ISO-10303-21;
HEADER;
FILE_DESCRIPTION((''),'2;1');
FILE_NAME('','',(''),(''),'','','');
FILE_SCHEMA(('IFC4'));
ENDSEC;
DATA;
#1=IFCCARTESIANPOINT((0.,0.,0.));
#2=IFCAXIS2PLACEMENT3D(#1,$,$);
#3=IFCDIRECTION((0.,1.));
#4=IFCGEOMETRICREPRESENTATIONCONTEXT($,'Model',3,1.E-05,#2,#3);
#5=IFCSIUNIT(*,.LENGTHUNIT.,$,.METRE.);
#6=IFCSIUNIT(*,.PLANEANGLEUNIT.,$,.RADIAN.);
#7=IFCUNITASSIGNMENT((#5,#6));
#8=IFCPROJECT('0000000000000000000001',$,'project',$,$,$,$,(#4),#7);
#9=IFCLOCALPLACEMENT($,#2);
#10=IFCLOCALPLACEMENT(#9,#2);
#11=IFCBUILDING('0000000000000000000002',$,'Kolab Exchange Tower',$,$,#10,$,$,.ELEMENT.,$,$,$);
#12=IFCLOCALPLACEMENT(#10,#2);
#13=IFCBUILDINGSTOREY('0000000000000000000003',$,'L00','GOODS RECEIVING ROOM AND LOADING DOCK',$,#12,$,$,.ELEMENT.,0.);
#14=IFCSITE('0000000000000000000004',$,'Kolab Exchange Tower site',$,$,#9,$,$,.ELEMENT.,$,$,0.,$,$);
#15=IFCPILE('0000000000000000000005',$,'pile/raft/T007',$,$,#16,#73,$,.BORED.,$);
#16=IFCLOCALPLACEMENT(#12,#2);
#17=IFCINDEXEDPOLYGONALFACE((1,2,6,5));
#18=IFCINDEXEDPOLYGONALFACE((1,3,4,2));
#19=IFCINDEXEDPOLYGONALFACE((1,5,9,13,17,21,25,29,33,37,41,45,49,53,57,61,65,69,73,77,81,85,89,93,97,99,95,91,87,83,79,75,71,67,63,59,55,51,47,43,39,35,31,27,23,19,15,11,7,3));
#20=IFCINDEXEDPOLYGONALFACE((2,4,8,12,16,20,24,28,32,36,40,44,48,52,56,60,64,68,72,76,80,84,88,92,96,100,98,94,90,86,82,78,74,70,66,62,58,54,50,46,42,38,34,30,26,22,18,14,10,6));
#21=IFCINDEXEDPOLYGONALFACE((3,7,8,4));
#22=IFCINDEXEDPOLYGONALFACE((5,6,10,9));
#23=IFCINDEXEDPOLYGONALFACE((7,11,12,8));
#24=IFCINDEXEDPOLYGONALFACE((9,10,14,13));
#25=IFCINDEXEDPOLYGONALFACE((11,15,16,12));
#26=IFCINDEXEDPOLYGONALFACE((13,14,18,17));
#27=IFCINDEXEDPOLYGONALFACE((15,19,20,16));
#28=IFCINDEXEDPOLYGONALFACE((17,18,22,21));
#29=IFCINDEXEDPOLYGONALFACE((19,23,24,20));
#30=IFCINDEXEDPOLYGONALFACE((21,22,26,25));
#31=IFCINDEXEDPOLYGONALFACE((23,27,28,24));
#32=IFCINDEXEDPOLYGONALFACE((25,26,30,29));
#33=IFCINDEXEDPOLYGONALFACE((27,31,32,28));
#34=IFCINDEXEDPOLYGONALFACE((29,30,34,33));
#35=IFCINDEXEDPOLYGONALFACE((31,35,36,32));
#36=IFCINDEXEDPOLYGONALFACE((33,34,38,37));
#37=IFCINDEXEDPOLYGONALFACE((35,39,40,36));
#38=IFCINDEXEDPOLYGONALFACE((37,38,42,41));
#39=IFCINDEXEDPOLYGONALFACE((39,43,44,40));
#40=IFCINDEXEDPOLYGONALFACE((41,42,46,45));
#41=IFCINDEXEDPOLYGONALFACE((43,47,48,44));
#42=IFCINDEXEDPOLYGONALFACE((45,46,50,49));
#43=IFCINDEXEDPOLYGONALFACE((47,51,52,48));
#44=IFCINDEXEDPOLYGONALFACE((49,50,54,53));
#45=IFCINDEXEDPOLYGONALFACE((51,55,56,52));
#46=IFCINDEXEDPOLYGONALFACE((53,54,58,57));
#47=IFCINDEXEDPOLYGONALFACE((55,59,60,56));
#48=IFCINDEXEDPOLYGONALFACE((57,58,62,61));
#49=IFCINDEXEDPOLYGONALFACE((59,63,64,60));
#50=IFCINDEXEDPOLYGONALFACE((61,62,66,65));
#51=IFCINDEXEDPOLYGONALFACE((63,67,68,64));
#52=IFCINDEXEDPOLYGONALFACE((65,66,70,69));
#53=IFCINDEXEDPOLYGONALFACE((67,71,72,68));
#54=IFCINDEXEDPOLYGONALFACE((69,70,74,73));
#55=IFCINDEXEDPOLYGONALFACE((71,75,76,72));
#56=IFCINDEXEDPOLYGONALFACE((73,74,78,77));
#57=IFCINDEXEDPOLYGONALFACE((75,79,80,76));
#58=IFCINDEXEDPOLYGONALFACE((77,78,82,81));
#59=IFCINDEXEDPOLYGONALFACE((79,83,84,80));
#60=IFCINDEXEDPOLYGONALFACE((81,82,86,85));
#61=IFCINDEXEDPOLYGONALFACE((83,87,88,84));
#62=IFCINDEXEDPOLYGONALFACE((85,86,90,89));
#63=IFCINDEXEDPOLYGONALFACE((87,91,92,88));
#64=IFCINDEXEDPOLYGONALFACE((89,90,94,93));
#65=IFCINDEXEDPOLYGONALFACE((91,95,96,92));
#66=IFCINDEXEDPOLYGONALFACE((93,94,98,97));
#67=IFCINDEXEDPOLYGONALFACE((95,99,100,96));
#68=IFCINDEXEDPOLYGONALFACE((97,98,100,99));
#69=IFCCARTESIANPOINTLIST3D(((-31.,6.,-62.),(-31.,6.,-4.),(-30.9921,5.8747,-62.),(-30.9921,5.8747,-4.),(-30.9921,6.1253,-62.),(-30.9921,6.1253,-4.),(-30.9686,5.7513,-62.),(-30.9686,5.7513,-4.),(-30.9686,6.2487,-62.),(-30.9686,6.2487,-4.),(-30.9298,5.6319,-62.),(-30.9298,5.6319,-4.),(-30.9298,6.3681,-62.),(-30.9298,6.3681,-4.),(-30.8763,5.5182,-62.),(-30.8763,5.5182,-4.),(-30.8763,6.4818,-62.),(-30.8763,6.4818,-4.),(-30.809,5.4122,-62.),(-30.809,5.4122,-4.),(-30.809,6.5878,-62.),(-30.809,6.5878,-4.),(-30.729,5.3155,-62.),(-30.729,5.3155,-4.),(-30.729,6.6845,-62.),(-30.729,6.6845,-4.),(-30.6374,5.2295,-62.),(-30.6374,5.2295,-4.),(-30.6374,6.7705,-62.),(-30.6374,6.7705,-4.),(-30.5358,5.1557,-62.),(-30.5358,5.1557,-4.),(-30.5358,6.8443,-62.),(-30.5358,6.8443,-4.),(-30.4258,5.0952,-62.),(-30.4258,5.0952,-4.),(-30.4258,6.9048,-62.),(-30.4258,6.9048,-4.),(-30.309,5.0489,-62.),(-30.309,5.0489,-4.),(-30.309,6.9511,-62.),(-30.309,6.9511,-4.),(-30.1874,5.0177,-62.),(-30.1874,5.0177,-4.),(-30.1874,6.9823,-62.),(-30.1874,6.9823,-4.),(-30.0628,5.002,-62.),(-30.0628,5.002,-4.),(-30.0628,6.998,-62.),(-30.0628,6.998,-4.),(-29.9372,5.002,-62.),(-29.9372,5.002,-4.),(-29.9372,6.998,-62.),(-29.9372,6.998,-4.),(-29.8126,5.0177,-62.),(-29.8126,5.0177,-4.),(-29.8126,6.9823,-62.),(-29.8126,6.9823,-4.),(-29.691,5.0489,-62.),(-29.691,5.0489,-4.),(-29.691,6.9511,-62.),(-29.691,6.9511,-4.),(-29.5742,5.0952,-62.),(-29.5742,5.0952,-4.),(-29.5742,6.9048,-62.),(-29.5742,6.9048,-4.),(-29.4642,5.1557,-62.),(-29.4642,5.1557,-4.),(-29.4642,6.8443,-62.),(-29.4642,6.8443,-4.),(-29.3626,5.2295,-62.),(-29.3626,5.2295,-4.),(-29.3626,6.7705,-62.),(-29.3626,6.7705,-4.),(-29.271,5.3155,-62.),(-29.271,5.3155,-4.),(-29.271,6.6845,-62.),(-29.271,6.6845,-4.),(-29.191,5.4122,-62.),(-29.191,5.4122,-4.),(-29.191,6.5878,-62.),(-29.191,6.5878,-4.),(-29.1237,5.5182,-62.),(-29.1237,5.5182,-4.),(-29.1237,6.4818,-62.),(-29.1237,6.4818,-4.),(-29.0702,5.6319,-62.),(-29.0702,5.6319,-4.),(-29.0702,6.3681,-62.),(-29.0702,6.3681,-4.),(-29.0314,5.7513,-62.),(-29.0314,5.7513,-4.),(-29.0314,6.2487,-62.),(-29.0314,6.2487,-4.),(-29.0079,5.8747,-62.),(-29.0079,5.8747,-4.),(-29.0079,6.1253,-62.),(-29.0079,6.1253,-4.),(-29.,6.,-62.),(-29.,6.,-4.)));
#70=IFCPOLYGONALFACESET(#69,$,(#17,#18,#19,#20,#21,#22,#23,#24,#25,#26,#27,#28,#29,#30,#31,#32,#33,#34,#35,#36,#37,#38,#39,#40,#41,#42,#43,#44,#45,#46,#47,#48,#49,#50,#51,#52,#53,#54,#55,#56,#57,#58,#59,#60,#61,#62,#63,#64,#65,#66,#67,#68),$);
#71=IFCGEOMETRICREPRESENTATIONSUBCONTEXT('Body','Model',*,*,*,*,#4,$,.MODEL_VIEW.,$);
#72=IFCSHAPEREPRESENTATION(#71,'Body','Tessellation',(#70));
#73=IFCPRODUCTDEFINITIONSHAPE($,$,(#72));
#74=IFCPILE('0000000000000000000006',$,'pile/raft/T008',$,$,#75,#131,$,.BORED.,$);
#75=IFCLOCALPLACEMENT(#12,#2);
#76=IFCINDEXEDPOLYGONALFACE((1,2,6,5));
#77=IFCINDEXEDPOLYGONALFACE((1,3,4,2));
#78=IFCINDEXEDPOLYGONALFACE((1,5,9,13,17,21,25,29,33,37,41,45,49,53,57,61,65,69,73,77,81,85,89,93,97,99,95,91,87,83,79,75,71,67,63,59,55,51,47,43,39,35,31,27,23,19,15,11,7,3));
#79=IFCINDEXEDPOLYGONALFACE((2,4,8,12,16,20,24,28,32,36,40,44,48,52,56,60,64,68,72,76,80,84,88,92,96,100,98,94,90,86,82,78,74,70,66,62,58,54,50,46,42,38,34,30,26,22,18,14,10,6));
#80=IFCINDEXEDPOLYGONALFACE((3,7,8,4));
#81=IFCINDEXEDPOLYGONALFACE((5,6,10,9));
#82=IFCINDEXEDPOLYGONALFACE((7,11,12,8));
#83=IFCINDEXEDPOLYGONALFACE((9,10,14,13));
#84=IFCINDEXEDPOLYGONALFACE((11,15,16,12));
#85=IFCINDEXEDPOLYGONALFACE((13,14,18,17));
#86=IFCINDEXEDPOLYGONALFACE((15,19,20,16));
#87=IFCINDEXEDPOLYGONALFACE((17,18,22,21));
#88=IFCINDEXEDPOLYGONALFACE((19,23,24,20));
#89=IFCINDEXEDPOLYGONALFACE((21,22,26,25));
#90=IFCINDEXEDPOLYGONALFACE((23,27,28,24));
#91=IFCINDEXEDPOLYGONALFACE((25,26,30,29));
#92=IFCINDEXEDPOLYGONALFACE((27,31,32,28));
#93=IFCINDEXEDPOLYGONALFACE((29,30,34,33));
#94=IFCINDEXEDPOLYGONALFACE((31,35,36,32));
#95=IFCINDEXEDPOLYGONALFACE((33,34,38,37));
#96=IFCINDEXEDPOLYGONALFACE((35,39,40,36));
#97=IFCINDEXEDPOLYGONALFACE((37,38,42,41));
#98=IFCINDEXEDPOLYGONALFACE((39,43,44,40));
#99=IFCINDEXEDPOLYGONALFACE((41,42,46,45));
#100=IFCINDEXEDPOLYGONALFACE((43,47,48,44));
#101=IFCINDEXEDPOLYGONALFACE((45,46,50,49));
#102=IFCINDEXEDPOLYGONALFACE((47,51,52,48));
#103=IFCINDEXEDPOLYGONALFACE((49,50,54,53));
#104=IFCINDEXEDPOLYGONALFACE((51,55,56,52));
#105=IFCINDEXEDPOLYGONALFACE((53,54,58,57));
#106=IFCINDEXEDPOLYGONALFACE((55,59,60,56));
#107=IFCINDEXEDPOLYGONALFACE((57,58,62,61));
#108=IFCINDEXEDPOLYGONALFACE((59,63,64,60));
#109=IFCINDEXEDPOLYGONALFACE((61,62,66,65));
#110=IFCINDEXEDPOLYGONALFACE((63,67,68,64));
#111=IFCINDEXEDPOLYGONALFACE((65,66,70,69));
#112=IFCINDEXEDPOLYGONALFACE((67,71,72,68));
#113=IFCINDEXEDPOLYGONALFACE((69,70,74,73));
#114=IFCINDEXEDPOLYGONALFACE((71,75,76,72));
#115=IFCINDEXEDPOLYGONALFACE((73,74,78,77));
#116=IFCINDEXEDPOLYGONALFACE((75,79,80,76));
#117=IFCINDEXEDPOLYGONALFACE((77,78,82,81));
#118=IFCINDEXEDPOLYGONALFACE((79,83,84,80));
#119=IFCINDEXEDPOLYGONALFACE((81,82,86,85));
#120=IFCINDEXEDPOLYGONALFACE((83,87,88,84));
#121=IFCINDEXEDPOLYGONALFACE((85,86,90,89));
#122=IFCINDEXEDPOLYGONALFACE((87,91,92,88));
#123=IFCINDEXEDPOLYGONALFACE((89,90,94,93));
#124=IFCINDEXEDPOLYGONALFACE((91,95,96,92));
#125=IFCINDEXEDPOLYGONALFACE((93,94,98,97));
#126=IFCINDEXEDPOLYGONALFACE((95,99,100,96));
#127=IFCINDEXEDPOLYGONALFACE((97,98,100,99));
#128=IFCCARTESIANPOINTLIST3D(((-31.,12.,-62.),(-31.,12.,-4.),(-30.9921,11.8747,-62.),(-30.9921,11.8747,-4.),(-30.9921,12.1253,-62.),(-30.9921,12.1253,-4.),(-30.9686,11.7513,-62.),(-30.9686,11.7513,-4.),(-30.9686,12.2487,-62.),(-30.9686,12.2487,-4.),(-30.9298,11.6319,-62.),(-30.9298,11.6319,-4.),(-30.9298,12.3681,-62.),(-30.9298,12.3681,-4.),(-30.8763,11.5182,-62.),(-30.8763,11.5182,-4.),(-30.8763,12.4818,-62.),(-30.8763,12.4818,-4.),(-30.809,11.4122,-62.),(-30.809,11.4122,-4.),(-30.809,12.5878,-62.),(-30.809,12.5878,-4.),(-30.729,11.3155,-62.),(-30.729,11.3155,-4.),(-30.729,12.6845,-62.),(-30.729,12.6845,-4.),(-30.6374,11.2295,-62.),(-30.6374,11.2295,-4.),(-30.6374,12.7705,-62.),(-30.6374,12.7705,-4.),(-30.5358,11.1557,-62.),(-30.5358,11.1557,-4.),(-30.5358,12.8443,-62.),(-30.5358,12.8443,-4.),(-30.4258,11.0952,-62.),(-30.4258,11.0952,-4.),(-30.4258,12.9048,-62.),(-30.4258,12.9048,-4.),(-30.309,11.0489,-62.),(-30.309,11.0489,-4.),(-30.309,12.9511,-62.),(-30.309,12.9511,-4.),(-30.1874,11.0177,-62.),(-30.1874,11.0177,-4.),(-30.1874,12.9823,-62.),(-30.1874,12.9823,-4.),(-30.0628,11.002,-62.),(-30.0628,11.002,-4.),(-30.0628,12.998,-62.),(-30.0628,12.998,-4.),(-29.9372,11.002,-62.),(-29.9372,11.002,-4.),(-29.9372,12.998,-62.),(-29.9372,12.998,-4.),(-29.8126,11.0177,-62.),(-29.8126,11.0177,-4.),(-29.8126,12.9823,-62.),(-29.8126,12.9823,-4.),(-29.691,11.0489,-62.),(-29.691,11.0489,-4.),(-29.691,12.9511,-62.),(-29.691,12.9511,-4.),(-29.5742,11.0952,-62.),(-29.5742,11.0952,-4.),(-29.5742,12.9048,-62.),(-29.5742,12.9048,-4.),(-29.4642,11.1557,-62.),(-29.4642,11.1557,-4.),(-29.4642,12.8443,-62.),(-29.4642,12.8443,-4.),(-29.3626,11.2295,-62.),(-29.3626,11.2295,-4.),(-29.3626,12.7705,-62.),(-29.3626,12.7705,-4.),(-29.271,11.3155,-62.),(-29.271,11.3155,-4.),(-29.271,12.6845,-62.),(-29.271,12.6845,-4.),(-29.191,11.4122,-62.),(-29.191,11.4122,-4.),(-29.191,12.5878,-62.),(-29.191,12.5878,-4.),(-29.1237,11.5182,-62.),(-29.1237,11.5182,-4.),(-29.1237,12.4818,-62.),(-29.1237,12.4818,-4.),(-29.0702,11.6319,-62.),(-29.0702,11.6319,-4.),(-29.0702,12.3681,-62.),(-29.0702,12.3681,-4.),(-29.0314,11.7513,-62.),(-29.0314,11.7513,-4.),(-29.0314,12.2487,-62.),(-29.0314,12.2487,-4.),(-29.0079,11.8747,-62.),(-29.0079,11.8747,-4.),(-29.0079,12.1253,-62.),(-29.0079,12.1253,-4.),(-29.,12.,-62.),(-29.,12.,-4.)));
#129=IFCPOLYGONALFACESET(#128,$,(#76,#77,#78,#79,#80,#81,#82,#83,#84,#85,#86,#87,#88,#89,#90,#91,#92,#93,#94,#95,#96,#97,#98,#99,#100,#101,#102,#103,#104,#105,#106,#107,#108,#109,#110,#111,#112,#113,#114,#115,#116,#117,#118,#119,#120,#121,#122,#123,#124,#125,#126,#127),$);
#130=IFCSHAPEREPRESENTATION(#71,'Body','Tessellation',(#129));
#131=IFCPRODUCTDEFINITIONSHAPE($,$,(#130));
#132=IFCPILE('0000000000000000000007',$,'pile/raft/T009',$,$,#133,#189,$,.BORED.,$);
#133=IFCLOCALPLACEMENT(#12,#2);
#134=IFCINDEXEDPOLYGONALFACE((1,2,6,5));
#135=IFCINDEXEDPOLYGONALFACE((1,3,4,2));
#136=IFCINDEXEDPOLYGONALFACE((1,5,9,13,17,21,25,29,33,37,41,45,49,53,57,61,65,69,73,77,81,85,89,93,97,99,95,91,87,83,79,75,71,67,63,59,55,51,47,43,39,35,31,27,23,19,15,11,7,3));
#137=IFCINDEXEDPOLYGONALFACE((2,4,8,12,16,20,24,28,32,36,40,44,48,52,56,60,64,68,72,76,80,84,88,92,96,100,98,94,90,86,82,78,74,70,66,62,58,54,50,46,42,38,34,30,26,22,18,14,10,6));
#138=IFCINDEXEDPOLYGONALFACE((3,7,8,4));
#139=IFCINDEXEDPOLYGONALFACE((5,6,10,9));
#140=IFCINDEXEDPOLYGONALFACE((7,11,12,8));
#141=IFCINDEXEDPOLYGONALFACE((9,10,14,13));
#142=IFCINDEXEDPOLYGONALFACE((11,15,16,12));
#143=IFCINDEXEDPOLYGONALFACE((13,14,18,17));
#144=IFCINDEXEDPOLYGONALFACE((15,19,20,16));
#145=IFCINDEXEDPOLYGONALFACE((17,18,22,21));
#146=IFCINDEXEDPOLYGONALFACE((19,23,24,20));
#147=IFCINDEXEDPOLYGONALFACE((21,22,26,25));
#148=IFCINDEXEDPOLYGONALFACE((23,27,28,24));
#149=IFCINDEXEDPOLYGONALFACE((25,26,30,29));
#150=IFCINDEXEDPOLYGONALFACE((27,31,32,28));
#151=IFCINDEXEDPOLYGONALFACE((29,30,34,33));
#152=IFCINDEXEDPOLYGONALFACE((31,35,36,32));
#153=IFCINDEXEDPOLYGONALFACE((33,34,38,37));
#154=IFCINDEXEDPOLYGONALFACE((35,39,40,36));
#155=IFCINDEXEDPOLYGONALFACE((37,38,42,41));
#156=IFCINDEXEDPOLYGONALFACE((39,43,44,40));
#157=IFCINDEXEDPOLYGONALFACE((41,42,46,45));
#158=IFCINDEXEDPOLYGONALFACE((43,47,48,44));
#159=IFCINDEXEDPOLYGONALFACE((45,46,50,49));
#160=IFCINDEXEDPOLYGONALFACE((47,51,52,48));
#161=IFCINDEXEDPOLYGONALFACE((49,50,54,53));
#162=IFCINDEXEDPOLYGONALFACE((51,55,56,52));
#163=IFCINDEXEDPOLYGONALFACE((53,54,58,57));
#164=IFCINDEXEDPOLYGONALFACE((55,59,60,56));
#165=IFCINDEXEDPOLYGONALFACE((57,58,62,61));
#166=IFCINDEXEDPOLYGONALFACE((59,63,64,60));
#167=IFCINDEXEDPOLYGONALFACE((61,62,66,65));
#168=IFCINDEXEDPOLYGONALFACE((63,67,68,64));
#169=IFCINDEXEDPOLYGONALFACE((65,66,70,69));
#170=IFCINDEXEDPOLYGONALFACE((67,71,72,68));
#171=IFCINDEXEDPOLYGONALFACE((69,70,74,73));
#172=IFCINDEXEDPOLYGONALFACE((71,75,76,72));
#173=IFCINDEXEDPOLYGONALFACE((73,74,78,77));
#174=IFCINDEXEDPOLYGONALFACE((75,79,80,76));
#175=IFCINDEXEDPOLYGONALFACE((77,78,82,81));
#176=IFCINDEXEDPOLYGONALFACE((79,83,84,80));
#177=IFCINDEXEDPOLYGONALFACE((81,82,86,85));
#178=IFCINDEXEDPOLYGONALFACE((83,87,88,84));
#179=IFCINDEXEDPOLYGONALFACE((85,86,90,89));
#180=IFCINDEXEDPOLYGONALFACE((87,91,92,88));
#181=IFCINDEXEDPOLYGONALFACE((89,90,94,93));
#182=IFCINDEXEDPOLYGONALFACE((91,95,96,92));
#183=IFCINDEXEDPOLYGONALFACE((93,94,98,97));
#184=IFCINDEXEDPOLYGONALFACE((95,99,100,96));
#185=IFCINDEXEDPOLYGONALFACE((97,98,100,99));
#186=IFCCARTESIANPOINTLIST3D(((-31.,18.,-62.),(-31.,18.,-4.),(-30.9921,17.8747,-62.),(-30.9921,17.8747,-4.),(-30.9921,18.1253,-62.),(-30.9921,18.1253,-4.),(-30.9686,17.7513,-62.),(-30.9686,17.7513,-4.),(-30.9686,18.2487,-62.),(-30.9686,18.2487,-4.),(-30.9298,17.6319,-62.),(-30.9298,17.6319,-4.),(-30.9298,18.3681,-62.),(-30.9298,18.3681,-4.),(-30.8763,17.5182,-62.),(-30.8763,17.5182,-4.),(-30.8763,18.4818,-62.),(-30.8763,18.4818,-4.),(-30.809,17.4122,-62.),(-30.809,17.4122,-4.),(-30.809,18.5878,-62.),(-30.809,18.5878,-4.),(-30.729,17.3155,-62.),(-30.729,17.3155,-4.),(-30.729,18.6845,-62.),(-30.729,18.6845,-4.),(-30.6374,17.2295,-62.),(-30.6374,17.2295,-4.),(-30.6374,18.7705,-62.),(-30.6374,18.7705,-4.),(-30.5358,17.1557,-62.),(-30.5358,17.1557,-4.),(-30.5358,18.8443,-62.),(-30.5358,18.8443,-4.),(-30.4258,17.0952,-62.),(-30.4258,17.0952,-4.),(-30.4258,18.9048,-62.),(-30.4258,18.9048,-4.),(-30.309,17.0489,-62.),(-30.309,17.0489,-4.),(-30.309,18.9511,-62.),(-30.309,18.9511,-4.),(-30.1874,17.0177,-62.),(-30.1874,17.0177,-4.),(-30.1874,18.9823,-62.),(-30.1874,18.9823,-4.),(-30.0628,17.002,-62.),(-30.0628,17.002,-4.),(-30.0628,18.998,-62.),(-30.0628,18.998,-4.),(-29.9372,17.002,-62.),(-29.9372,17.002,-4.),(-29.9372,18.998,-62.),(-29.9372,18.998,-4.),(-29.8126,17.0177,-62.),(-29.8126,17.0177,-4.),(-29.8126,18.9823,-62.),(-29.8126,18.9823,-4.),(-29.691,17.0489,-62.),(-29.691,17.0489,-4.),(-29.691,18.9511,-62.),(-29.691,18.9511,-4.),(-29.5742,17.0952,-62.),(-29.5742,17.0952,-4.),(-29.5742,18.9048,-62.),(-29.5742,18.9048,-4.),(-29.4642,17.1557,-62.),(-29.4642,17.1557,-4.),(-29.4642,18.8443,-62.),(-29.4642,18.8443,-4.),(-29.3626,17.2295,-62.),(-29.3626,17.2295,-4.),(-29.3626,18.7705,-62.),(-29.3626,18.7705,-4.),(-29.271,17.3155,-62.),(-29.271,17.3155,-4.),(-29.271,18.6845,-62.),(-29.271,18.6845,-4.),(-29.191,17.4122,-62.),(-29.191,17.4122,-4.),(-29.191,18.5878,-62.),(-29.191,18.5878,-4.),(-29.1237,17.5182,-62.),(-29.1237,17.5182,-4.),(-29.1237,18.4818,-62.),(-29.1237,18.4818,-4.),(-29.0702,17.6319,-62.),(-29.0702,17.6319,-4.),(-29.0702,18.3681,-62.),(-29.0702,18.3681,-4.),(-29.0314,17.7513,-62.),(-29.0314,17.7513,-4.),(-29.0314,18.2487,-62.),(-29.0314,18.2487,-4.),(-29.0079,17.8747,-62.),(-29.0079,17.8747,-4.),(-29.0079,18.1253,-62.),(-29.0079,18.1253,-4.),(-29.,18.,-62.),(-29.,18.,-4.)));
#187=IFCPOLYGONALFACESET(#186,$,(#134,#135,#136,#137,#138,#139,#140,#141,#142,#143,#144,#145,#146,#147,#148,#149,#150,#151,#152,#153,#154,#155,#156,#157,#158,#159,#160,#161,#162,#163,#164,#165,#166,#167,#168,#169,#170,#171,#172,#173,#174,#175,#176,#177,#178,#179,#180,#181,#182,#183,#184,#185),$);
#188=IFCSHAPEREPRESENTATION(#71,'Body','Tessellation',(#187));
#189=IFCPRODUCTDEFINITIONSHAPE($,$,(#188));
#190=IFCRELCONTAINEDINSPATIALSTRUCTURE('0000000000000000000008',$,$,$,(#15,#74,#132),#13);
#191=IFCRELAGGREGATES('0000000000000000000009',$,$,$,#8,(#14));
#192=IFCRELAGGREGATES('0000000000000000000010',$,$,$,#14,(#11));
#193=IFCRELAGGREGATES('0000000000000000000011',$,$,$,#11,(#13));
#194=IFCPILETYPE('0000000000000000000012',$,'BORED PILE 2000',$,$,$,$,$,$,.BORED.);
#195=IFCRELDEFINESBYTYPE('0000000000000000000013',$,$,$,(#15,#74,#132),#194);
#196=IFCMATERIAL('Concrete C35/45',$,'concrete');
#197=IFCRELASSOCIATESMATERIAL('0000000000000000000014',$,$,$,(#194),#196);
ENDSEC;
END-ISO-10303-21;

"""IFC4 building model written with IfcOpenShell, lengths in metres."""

from ifc_helpers import new_model, si_unit, direction, frame, origin, origin_2d, place, context, subcontext, project, spatial, circle, extrude, material, material_profile, profile_set, type_object, element, save


model = new_model("IFC4")

# Units and contexts
model_context = context("Model", 3, precision=1e-05, world=origin(), true_north=direction((0.0, 1.0)))
body_context = subcontext(model_context, "Body", "Model", "MODEL_VIEW")
ifc_project = project(units=[si_unit("LENGTHUNIT", "METRE"), si_unit("PLANEANGLEUNIT", "RADIAN")], contexts=[model_context])

# Site, building, storey
site_placement = place(None, origin())
site = spatial("IfcSite", under=ifc_project, at=site_placement, Name="Kolab Exchange Tower site", CompositionType="ELEMENT", RefElevation=0.0)
building_placement = place(site_placement, origin())
building = spatial("IfcBuilding", under=site, at=building_placement, Name="Kolab Exchange Tower", CompositionType="ELEMENT")
storey_placement = place(building_placement, origin())
storey = spatial("IfcBuildingStorey", under=building, at=storey_placement, Name="L00", Description="GOODS RECEIVING ROOM AND LOADING DOCK", CompositionType="ELEMENT", Elevation=0.0)

# Piles
ifc_material_1 = material(Name="Concrete C35/45", Category="concrete")
ifc_material_profile_1 = material_profile(ifc_material_1, circle(Radius=1.0, at=origin_2d()), Name="BP2000")
ifc_profile_set_1 = profile_set([ifc_material_profile_1], Name="Concrete C35/45")
pile_type_1 = type_object("IfcPileType", Name="BORED PILE 2000", PredefinedType="BORED", material=ifc_profile_set_1)
for number, where, z_axis, x_axis, name in (
    (1, (-30.0, 6.0, -4.0), (0.0, 0.0, -1.0), (1.0, 0.0, 0.0), "pile/raft/T007"),
    (2, (-30.0, 12.0, -4.0), (0.0, 0.0, -1.0), (1.0, 0.0, 0.0), "pile/raft/T008"),
    (3, (-30.0, 18.0, -4.0), (0.0, 0.0, -1.0), (1.0, 0.0, 0.0), "pile/raft/T009"),
):
    element("IfcPile", number, at=place(storey_placement, frame(where, z_axis=z_axis, x_axis=x_axis)), inside=storey, type_object=pile_type_1, Name=name, PredefinedType="BORED", context=body_context, shape_type="SweptSolid", body=[
        extrude(circle(Radius=1.0, at=origin_2d()), origin(), (0.0, 0.0, 1.0), 58.0),
    ])

save(model, "model.ifc")
